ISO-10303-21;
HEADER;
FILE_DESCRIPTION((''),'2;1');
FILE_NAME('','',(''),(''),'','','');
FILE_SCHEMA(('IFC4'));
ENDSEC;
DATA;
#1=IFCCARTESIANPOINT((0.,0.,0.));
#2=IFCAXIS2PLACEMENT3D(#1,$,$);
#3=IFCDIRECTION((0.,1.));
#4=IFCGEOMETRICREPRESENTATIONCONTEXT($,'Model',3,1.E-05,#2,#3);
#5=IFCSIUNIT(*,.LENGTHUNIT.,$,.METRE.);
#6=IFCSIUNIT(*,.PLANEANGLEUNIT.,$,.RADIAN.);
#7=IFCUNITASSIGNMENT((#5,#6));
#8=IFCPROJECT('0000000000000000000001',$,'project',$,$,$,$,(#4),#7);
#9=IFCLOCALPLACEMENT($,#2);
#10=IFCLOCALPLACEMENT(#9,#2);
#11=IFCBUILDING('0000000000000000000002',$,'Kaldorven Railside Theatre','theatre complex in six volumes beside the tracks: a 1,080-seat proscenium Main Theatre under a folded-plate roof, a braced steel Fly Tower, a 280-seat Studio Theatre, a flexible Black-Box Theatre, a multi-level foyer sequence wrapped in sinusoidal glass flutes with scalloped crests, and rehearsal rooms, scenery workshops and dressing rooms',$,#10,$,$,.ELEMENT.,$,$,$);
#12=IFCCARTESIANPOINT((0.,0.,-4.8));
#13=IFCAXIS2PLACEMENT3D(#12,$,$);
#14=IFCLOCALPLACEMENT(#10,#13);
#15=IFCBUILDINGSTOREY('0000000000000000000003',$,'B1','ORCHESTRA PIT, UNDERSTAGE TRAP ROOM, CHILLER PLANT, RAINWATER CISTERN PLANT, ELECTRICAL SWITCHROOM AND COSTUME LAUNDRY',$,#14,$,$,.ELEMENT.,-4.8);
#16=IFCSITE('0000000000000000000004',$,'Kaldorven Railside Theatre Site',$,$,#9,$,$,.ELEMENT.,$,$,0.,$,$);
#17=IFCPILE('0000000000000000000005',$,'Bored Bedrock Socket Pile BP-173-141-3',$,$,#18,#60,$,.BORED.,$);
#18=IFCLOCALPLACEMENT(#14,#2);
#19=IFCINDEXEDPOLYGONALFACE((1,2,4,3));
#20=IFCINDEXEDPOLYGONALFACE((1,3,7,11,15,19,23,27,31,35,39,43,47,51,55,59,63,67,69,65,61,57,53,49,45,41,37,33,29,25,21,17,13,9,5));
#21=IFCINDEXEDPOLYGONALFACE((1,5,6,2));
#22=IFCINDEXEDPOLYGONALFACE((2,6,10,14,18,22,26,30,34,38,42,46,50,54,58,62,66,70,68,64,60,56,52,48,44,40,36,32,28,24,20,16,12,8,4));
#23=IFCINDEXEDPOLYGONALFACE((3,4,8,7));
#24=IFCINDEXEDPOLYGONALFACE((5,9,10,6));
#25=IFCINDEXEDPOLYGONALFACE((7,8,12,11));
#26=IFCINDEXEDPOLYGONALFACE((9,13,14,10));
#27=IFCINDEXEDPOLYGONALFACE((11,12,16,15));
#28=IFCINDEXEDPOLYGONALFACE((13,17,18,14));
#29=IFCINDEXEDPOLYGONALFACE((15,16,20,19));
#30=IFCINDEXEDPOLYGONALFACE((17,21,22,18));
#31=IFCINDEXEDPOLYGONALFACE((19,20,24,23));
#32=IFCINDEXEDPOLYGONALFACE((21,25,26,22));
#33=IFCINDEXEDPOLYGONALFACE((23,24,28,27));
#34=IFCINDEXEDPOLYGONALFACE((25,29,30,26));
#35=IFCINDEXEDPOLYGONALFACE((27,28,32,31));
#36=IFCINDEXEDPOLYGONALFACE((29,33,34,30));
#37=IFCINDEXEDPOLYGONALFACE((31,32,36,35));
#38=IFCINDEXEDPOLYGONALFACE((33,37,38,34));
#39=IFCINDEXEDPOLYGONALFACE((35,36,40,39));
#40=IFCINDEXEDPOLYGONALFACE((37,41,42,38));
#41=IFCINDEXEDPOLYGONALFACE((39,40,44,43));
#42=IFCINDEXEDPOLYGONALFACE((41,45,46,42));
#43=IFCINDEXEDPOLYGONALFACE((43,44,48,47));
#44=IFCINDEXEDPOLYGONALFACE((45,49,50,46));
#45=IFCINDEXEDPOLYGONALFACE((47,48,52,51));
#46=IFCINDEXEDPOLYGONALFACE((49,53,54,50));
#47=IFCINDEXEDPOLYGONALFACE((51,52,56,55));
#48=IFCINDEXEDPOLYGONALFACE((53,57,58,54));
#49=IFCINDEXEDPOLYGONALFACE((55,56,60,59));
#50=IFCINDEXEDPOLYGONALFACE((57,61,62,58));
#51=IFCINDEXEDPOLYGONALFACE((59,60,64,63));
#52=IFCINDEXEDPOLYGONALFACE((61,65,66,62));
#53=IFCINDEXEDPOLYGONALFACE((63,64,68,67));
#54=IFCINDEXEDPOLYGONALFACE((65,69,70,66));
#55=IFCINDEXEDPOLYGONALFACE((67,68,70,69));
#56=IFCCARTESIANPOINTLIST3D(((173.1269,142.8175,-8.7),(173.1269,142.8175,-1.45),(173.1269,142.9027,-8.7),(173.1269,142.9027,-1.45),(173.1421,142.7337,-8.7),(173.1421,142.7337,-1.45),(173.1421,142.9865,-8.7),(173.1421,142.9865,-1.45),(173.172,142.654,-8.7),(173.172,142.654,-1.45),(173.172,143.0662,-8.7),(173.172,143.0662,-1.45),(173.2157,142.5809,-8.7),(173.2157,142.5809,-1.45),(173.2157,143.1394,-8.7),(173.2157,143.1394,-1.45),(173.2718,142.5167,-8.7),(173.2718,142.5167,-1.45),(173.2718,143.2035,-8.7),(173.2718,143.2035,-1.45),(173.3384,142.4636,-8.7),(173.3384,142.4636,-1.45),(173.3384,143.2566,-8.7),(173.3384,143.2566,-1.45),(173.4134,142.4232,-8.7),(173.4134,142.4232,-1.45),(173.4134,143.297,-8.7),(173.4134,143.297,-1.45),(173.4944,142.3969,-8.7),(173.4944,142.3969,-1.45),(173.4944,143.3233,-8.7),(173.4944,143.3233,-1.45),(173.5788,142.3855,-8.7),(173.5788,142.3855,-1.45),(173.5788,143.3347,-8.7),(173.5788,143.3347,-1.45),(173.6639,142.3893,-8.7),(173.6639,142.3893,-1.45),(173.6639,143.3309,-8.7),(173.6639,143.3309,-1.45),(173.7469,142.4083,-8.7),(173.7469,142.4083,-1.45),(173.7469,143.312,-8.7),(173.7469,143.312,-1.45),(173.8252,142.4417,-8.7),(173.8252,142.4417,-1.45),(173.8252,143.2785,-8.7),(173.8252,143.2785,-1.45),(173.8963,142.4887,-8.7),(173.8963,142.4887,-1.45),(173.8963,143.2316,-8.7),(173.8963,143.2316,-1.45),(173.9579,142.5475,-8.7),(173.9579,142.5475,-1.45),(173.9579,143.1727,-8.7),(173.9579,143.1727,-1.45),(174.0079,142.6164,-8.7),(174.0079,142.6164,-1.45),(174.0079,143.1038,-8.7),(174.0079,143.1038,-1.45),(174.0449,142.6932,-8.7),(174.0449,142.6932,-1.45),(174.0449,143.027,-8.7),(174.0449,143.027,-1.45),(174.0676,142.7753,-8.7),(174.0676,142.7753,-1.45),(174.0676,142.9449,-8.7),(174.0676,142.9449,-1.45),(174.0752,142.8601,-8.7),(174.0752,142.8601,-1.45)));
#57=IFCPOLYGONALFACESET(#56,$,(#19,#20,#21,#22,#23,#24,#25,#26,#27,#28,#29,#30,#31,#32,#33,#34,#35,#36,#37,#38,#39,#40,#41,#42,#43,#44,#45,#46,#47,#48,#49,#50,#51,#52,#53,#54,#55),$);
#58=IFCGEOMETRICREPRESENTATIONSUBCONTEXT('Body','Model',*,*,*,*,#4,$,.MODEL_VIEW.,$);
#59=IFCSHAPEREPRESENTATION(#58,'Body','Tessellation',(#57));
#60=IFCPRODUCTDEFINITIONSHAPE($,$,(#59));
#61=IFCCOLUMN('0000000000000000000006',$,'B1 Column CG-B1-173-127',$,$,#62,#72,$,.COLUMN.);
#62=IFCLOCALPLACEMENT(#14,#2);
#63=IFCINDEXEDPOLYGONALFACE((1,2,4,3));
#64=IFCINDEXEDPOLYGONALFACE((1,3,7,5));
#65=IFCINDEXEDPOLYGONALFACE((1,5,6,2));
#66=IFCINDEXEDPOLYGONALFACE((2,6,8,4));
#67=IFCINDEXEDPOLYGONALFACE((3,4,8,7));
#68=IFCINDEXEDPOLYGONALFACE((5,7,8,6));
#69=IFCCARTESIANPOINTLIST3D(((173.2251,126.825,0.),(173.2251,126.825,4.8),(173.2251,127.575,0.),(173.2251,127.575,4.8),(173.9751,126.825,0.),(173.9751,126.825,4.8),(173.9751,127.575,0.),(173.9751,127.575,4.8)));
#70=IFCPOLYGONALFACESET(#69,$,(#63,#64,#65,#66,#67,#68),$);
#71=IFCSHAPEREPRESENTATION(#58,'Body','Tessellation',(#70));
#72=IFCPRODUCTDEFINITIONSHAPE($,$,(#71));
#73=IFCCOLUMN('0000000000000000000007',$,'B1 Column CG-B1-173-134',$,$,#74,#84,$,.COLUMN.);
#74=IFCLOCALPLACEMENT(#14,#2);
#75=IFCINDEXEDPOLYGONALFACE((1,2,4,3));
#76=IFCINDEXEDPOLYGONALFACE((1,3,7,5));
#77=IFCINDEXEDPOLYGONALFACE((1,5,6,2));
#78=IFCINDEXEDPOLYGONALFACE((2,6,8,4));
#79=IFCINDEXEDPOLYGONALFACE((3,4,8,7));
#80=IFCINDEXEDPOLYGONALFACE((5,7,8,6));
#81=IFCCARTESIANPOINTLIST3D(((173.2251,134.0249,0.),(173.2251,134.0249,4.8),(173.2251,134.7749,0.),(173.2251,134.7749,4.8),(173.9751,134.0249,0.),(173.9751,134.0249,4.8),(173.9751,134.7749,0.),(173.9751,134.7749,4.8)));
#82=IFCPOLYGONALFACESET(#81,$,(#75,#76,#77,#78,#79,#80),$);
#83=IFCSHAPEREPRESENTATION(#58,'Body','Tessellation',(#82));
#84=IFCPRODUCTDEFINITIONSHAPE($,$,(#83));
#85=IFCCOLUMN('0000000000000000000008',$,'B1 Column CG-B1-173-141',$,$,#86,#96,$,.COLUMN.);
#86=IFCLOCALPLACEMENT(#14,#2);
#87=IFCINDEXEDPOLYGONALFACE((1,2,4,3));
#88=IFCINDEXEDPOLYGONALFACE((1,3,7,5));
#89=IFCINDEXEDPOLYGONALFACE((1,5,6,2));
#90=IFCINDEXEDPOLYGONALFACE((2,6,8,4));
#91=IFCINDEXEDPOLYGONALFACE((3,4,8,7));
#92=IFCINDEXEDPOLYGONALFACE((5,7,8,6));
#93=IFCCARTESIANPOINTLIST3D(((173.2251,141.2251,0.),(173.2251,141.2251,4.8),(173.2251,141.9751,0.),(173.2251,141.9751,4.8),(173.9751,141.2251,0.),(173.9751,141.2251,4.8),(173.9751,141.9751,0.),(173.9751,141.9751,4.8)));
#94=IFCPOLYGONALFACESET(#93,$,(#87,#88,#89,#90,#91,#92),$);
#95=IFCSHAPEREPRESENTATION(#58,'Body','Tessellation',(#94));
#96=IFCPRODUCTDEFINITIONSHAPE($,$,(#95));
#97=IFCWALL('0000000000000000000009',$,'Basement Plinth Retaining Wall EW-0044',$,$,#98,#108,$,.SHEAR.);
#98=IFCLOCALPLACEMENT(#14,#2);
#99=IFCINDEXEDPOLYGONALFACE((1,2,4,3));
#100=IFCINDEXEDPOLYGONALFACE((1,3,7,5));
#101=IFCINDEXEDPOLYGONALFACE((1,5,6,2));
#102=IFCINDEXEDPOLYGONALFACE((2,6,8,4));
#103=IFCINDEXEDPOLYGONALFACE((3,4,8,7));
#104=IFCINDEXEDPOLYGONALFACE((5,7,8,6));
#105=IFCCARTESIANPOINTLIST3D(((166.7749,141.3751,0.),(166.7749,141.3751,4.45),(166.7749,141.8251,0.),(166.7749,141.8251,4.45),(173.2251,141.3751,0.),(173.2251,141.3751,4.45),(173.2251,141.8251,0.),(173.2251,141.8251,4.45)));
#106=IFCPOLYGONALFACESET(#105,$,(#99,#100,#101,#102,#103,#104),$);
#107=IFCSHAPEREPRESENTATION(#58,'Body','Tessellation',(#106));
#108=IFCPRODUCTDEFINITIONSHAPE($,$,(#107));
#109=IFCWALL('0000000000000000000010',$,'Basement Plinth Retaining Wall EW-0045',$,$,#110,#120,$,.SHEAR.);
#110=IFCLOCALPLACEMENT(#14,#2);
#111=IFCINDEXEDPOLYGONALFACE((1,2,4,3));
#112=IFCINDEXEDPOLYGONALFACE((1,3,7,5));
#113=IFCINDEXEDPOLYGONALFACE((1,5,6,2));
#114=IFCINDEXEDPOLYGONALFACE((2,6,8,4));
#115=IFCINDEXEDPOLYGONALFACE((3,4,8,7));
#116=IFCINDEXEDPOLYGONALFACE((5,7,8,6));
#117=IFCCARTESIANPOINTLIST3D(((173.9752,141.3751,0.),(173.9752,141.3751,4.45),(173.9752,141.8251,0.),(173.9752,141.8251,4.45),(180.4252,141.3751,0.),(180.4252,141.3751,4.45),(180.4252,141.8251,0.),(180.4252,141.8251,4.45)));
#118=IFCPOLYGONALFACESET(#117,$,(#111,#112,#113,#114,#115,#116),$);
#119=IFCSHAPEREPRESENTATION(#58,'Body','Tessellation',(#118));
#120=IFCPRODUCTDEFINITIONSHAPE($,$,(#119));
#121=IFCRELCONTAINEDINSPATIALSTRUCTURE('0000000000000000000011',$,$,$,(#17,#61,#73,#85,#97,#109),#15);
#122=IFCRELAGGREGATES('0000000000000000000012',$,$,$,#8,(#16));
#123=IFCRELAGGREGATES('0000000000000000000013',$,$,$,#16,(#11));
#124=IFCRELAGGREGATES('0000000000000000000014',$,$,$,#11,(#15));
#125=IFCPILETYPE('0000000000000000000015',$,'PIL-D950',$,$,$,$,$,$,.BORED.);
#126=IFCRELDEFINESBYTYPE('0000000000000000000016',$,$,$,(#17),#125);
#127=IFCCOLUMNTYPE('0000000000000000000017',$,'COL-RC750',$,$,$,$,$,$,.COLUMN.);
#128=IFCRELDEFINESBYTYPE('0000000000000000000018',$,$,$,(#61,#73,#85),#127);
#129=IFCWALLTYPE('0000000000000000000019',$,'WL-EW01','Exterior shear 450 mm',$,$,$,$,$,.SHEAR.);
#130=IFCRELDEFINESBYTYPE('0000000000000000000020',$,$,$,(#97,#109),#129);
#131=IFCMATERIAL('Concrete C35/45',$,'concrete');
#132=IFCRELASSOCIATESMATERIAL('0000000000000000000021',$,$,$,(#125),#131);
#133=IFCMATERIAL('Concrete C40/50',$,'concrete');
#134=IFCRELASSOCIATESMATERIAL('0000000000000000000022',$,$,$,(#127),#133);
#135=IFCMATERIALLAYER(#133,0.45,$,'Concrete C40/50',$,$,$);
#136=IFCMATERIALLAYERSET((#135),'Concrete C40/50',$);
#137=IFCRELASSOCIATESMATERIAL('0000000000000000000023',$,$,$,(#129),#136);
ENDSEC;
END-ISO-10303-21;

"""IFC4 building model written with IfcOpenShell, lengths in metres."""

from ifc_helpers import new_model, si_unit, direction, frame, frame_2d, origin, origin_2d, place, context, subcontext, project, spatial, rectangle, circle, extrude, material, layer, layer_set, material_profile, profile_set, type_object, element, save


model = new_model("IFC4")

# Units and contexts
model_context = context("Model", 3, precision=1e-05, world=origin(), true_north=direction((0.0, 1.0)))
body_context = subcontext(model_context, "Body", "Model", "MODEL_VIEW")
ifc_project = project(units=[si_unit("LENGTHUNIT", "METRE"), si_unit("PLANEANGLEUNIT", "RADIAN")], contexts=[model_context])

# Site, building, storey
site_placement = place(None, origin())
site = spatial("IfcSite", under=ifc_project, at=site_placement, Name="Kaldorven Railside Theatre Site", CompositionType="ELEMENT", RefElevation=0.0)
building_placement = place(site_placement, origin())
building = spatial("IfcBuilding", under=site, at=building_placement, Name="Kaldorven Railside Theatre", Description="theatre complex in six volumes beside the tracks: a 1,080-seat proscenium Main Theatre under a folded-plate roof, a braced steel Fly Tower, a 280-seat Studio Theatre, a flexible Black-Box Theatre, a multi-level foyer sequence wrapped in sinusoidal glass flutes with scalloped crests, and rehearsal rooms, scenery workshops and dressing rooms", CompositionType="ELEMENT")
storey_placement = place(building_placement, frame((0.0, 0.0, -4.8)))
storey = spatial("IfcBuildingStorey", under=building, at=storey_placement, Name="B1", Description="ORCHESTRA PIT, UNDERSTAGE TRAP ROOM, CHILLER PLANT, RAINWATER CISTERN PLANT, ELECTRICAL SWITCHROOM AND COSTUME LAUNDRY", CompositionType="ELEMENT", Elevation=-4.8)

# Shared definitions
ifc_material_1 = material(Name="Concrete C40/50", Category="concrete")

# Pile
ifc_material_2 = material(Name="Concrete C35/45", Category="concrete")
ifc_material_profile_1 = material_profile(ifc_material_2, circle(Radius=0.4751, at=origin_2d()), Name="BP D950")
ifc_profile_set_1 = profile_set([ifc_material_profile_1], Name="Concrete C35/45")
pile_type_1 = type_object("IfcPileType", Name="PIL-D950", PredefinedType="BORED", material=ifc_profile_set_1)
for number, where, z_axis, x_axis, name in (
    (1, (173.6001, 142.8601, -1.45), (0.0, 0.0, -1.0), (1.0, 0.0, 0.0), "Bored Bedrock Socket Pile BP-173-141-3"),
):
    element("IfcPile", number, at=place(storey_placement, frame(where, z_axis=z_axis, x_axis=x_axis)), inside=storey, type_object=pile_type_1, Name=name, PredefinedType="BORED", context=body_context, shape_type="SweptSolid", body=[
        extrude(circle(Radius=0.4751, at=origin_2d()), origin(), (0.0, 0.0, 1.0), 7.25),
    ])

# Columns
ifc_material_profile_2 = material_profile(ifc_material_1, rectangle(XDim=0.75, YDim=0.75, at=origin_2d()), Name="RC 750x750")
ifc_profile_set_2 = profile_set([ifc_material_profile_2], Name="Concrete C40/50")
column_type = type_object("IfcColumnType", Name="COL-RC750", PredefinedType="COLUMN", material=ifc_profile_set_2)
for number, where, z_axis, x_axis, name in (
    (2, (173.6001, 127.2, 0.0), (0.0, 0.0, 1.0), (1.0, 0.0, 0.0), "B1 Column CG-B1-173-127"),
    (3, (173.6001, 134.3999, 0.0), (0.0, 0.0, 1.0), (1.0, 0.0, 0.0), "B1 Column CG-B1-173-134"),
    (4, (173.6001, 141.6001, 0.0), (0.0, 0.0, 1.0), (0.0, 1.0, 0.0), "B1 Column CG-B1-173-141"),
):
    element("IfcColumn", number, at=place(storey_placement, frame(where, z_axis=z_axis, x_axis=x_axis)), inside=storey, type_object=column_type, Name=name, PredefinedType="COLUMN", context=body_context, shape_type="SweptSolid", body=[
        extrude(rectangle(XDim=0.75, YDim=0.75, at=origin_2d()), origin(), (0.0, 0.0, 1.0), 4.8),
    ])

# Walls
ifc_layer = layer(ifc_material_1, 0.45, Name="Concrete C40/50")
ifc_layer_set = layer_set([ifc_layer], Name="Concrete C40/50")
wall_type = type_object("IfcWallType", Name="WL-EW01", Description="Exterior shear 450 mm", PredefinedType="SHEAR", material=ifc_layer_set)
wall_1_placement = place(storey_placement, frame((166.7749, 141.6001, 0.0), z_axis=(0.0, 0.0, 1.0), x_axis=(1.0, 0.0, 0.0)))
element("IfcWall", 5, at=wall_1_placement, inside=storey, type_object=wall_type, Name="Basement Plinth Retaining Wall EW-0044", PredefinedType="SHEAR", context=body_context, shape_type="SweptSolid", body=[
    extrude(rectangle(XDim=6.4502, YDim=0.45, at=frame_2d((3.2251, 0.0))), origin(), (0.0, 0.0, 1.0), 4.45),
])
wall_2_placement = place(storey_placement, frame((173.9751, 141.6001, 0.0), z_axis=(0.0, 0.0, 1.0), x_axis=(1.0, 0.0, 0.0)))
element("IfcWall", 6, at=wall_2_placement, inside=storey, type_object=wall_type, Name="Basement Plinth Retaining Wall EW-0045", PredefinedType="SHEAR", context=body_context, shape_type="SweptSolid", body=[
    extrude(rectangle(XDim=6.45, YDim=0.45, at=frame_2d((3.2251, 0.0))), origin(), (0.0, 0.0, 1.0), 4.45),
])

save(model, "model.ifc")
